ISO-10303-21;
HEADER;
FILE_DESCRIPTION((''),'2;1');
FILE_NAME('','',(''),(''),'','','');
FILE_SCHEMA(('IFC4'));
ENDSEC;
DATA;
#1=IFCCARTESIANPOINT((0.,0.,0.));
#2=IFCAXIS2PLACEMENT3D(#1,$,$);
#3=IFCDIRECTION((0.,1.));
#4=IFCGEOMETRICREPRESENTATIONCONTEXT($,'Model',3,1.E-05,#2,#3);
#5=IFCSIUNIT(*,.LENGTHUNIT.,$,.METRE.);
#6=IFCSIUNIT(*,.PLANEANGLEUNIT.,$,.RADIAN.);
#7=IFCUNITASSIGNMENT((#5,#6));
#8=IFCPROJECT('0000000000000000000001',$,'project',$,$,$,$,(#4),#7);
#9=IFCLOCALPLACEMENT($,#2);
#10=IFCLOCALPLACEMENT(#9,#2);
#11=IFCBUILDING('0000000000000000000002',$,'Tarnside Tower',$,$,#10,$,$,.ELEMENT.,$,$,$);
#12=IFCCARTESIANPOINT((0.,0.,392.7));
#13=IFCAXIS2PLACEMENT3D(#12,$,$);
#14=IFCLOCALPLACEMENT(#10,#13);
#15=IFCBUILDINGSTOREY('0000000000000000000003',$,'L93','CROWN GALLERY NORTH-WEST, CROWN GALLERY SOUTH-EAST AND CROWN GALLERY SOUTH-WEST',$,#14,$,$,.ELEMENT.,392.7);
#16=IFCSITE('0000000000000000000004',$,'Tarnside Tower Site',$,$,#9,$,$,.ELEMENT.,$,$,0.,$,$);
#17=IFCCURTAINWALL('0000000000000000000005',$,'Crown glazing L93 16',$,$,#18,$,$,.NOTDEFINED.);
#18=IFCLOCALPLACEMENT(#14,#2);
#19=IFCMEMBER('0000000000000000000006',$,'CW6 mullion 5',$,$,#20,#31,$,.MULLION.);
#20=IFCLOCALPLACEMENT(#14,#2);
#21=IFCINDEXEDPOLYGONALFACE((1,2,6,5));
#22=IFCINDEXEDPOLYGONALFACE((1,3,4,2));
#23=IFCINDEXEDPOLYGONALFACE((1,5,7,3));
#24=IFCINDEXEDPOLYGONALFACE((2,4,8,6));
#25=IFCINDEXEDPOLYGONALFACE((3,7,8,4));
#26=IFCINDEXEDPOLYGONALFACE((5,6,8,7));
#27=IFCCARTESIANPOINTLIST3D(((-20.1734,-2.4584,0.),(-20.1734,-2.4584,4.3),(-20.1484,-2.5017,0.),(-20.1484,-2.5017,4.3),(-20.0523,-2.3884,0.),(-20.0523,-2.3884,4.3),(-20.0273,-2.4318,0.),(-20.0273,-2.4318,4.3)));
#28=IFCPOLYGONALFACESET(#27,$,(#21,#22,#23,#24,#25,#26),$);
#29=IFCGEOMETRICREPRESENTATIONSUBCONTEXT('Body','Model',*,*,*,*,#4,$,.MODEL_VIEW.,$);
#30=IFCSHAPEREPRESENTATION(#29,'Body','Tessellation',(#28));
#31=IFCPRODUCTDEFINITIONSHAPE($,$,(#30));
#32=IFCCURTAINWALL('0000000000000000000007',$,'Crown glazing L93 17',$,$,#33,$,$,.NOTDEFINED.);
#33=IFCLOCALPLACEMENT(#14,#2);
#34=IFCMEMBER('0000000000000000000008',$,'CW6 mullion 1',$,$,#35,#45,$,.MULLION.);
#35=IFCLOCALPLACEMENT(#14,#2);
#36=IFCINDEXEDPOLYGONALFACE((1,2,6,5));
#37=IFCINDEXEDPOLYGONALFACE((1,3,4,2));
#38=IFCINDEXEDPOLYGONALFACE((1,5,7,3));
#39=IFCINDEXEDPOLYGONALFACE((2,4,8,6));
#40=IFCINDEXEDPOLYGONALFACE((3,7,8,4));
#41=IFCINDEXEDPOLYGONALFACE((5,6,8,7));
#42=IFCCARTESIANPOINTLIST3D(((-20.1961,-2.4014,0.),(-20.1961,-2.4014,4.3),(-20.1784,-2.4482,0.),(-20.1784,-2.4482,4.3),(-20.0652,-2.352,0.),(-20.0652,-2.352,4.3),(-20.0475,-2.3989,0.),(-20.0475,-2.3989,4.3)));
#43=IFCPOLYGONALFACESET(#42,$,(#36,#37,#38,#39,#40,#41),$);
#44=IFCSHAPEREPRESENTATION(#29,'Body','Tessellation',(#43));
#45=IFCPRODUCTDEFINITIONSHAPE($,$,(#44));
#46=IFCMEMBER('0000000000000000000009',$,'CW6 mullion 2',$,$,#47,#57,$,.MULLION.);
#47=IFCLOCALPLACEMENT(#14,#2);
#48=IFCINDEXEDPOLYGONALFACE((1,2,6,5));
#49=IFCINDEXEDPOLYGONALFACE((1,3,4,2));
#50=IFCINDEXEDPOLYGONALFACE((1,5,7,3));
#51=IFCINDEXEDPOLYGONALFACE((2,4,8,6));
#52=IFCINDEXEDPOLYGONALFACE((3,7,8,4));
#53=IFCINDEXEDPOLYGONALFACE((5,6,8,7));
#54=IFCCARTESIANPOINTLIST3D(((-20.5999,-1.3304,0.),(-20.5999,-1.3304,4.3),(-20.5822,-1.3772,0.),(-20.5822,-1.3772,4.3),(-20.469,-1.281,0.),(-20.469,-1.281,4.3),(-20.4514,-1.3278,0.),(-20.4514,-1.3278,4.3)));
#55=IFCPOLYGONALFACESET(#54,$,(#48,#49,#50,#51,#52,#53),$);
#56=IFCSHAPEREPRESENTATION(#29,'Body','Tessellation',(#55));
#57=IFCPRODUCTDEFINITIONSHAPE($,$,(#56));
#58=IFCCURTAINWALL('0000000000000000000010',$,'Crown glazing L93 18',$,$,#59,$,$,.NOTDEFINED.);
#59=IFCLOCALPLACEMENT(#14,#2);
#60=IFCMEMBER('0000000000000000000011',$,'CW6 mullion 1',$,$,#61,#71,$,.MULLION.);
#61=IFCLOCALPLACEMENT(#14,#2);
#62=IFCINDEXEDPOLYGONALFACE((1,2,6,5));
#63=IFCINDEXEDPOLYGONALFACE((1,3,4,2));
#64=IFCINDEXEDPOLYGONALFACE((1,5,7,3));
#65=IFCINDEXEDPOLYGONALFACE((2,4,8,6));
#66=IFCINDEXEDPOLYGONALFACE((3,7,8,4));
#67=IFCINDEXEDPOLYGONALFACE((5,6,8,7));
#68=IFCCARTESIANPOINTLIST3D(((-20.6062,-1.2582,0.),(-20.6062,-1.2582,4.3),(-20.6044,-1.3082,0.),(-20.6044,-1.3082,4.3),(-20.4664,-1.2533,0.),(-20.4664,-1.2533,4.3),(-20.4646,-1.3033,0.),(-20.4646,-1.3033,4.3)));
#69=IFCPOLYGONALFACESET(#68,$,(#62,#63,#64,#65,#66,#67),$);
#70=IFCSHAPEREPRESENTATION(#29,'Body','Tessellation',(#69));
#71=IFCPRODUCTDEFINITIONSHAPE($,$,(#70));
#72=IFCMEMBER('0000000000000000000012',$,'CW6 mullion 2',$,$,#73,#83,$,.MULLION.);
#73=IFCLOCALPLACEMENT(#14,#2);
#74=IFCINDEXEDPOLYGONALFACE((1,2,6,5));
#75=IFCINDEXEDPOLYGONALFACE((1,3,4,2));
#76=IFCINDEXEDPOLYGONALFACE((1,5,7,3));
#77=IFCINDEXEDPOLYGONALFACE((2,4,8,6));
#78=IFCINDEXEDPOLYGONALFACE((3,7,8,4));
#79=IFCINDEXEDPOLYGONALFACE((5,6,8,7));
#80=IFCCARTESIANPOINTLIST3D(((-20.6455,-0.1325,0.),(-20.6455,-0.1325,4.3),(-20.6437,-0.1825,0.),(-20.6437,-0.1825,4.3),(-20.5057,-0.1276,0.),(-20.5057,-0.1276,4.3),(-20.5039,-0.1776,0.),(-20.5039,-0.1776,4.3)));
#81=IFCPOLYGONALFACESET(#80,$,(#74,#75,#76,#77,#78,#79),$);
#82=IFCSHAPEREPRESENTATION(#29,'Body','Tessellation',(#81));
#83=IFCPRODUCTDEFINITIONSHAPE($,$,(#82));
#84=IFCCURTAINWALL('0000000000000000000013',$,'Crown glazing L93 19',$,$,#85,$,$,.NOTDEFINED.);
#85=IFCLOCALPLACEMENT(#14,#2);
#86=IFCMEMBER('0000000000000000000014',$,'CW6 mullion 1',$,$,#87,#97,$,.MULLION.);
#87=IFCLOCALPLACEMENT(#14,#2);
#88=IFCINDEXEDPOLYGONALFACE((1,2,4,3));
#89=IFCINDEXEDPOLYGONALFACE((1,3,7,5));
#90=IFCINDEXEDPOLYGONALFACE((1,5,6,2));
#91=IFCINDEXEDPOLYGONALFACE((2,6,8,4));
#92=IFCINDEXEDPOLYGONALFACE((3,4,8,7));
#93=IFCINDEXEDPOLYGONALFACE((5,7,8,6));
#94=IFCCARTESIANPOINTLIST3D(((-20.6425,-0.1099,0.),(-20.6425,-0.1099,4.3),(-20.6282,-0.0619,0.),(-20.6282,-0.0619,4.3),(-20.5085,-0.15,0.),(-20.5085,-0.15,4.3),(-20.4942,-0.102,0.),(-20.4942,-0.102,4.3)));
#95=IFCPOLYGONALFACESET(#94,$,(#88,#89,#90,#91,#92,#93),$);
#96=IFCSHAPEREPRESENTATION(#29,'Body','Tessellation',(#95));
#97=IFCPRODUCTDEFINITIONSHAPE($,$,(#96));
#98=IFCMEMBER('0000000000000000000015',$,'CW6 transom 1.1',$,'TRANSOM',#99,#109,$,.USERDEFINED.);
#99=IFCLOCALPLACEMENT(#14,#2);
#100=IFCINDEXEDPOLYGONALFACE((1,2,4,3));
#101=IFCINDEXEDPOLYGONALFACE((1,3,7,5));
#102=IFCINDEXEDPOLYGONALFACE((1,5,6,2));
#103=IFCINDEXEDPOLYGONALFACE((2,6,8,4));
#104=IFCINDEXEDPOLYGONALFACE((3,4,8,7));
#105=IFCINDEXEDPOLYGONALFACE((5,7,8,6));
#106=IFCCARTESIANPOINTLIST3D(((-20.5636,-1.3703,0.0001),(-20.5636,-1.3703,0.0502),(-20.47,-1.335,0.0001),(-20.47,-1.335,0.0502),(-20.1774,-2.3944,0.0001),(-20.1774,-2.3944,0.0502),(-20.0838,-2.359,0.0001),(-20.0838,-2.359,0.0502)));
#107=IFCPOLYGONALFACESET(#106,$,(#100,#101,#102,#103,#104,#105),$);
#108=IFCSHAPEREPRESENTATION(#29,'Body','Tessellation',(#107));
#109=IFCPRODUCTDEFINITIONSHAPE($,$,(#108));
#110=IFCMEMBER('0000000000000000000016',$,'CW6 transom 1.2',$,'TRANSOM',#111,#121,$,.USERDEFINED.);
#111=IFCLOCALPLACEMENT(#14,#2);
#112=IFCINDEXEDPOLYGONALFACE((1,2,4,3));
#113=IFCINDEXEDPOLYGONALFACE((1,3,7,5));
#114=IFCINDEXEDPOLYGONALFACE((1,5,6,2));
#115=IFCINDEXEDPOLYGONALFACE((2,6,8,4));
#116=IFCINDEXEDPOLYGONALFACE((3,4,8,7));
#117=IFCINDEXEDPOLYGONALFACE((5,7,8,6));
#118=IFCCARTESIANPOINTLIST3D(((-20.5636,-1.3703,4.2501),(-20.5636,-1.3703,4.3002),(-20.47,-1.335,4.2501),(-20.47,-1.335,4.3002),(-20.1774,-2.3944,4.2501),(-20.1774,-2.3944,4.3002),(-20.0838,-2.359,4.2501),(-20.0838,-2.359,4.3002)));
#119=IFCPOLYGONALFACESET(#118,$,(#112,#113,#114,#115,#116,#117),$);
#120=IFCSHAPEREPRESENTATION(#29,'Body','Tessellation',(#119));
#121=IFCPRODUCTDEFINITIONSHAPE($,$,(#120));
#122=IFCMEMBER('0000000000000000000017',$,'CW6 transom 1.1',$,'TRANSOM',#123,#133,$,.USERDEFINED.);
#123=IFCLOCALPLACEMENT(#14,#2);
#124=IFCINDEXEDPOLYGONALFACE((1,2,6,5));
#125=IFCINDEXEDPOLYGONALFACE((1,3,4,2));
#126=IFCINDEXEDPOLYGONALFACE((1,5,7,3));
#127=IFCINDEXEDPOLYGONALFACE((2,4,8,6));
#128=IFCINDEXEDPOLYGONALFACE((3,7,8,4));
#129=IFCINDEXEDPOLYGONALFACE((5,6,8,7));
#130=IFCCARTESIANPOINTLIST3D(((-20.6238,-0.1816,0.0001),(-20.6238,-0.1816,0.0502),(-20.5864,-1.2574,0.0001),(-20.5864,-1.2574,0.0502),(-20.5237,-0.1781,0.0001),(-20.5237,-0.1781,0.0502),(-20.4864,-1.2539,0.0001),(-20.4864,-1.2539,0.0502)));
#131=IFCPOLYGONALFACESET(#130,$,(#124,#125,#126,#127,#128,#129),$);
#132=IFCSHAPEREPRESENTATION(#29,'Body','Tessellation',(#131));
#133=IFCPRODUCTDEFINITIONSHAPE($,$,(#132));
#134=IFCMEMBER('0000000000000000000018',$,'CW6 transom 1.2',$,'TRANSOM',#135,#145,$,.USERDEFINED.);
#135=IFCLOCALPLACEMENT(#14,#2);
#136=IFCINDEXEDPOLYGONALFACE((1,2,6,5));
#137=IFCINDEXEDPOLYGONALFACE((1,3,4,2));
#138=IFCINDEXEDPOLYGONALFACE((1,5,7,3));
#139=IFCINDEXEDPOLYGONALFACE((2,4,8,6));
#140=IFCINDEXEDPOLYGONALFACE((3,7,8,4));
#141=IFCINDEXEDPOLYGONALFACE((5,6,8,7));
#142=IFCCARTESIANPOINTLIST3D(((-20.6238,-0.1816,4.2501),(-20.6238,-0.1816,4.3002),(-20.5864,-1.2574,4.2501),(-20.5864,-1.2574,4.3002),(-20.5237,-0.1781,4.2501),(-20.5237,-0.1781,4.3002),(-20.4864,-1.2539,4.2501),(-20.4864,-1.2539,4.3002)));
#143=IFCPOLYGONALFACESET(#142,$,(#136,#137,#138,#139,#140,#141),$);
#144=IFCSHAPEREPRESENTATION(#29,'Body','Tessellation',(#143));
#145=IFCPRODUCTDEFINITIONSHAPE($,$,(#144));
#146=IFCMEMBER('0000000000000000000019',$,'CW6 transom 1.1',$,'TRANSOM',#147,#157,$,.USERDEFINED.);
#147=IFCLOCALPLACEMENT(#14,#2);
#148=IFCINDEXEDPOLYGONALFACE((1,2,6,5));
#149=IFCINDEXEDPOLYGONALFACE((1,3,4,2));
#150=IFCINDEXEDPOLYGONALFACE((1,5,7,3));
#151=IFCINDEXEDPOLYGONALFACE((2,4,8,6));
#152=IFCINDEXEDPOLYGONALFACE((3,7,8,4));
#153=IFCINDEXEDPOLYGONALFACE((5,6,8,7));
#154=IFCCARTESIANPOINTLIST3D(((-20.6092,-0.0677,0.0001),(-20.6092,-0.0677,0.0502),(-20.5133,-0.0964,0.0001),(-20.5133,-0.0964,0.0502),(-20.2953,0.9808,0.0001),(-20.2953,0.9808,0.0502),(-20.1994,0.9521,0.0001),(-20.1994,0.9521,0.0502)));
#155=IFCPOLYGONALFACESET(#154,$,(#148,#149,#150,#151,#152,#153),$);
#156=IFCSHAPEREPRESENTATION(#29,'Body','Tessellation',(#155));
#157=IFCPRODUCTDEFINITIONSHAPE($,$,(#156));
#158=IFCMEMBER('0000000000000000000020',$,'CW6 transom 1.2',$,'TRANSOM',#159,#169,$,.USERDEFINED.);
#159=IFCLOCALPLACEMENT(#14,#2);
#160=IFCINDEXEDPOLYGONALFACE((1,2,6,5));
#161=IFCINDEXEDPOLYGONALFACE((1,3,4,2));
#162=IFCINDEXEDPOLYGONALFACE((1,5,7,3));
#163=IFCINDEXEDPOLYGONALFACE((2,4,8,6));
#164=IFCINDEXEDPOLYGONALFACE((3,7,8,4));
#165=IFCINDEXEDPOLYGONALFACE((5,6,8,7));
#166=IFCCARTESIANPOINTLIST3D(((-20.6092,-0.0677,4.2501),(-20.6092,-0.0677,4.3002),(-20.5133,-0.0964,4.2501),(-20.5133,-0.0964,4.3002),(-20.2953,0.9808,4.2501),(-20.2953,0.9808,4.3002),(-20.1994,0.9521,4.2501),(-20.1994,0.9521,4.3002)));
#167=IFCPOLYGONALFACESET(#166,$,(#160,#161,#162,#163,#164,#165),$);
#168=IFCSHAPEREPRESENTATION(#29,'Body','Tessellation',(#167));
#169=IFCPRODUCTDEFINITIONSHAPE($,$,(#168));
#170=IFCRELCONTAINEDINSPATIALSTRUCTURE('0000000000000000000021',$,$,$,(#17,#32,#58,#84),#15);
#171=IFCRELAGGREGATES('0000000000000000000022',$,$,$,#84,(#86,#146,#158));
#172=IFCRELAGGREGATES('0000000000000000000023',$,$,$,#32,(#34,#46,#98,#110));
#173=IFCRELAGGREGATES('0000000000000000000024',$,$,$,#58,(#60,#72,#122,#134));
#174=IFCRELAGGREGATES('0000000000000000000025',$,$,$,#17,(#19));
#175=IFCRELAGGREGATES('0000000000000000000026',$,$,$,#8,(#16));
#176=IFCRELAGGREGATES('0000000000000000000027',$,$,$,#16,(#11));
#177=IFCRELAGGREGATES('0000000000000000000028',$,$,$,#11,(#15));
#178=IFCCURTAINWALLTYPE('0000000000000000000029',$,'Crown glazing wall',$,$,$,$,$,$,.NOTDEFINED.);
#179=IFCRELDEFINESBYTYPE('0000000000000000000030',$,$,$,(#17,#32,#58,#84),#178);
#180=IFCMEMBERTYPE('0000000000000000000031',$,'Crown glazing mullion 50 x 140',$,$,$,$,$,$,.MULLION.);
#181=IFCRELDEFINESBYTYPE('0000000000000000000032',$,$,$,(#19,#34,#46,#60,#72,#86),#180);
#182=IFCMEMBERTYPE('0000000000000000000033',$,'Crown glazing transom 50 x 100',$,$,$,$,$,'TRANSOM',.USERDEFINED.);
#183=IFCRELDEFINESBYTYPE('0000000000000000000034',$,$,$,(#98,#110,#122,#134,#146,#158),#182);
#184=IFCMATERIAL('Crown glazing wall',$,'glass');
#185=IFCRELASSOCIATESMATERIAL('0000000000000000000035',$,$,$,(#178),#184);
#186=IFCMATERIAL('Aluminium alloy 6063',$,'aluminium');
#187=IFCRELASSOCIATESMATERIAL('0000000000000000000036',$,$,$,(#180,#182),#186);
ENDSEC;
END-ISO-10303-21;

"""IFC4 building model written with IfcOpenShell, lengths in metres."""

from ifc_helpers import new_model, si_unit, direction, frame, origin, origin_2d, place, context, subcontext, project, spatial, rectangle, extrude, material, material_profile, profile_set, type_object, element, aggregate, save


model = new_model("IFC4")

# Units and contexts
model_context = context("Model", 3, precision=1e-05, world=origin(), true_north=direction((0.0, 1.0)))
body_context = subcontext(model_context, "Body", "Model", "MODEL_VIEW")
ifc_project = project(units=[si_unit("LENGTHUNIT", "METRE"), si_unit("PLANEANGLEUNIT", "RADIAN")], contexts=[model_context])

# Site, building, storey
site_placement = place(None, origin())
site = spatial("IfcSite", under=ifc_project, at=site_placement, Name="Tarnside Tower Site", CompositionType="ELEMENT", RefElevation=0.0)
building_placement = place(site_placement, origin())
building = spatial("IfcBuilding", under=site, at=building_placement, Name="Tarnside Tower", CompositionType="ELEMENT")
storey_placement = place(building_placement, frame((0.0, 0.0, 392.7)))
storey = spatial("IfcBuildingStorey", under=building, at=storey_placement, Name="L93", Description="CROWN GALLERY NORTH-WEST, CROWN GALLERY SOUTH-EAST AND CROWN GALLERY SOUTH-WEST", CompositionType="ELEMENT", Elevation=392.7)

# Curtain wall, member
ifc_material_1 = material(Name="Crown glazing wall", Category="glass")
curtain_wall_type = type_object("IfcCurtainWallType", Name="Crown glazing wall", PredefinedType="NOTDEFINED", material=ifc_material_1)
curtain_wall_1_placement = place(storey_placement, origin())
curtain_wall_1 = element("IfcCurtainWall", 1, at=curtain_wall_1_placement, inside=storey, type_object=curtain_wall_type, Name="Crown glazing L93 16", PredefinedType="NOTDEFINED")
ifc_material_2 = material(Name="Aluminium alloy 6063", Category="aluminium")
ifc_material_profile_1 = material_profile(ifc_material_2, rectangle(XDim=0.1399, YDim=0.05, at=origin_2d()), Name="Crown glazing mullion 50 x 140")
ifc_profile_set_1 = profile_set([ifc_material_profile_1], Name="Aluminium alloy 6063")
member_type_1 = type_object("IfcMemberType", Name="Crown glazing mullion 50 x 140", PredefinedType="MULLION", material=ifc_profile_set_1)
member_1_placement = place(storey_placement, frame((-20.1003, -2.4451, 0.0), z_axis=(0.0, 0.0, 1.0), x_axis=(-0.866025, -0.5, 0.0)))
member_1 = element("IfcMember", 2, at=member_1_placement, type_object=member_type_1, Name="CW6 mullion 5", PredefinedType="MULLION", context=body_context, shape_type="SweptSolid", body=[
    extrude(rectangle(XDim=0.1399, YDim=0.05, at=origin_2d()), origin(), (0.0, 0.0, 1.0), 4.3),
])

# Curtain walls, members
curtain_wall_2_placement = place(storey_placement, origin())
curtain_wall_2 = element("IfcCurtainWall", 3, at=curtain_wall_2_placement, inside=storey, type_object=curtain_wall_type, Name="Crown glazing L93 17", PredefinedType="NOTDEFINED")
member_2_placement = place(storey_placement, frame((-20.1218, -2.4001, 0.0), z_axis=(0.0, 0.0, 1.0), x_axis=(-0.93565, -0.352931, 0.0)))
member_2 = element("IfcMember", 4, at=member_2_placement, type_object=member_type_1, Name="CW6 mullion 1", PredefinedType="MULLION", context=body_context, shape_type="SweptSolid", body=[
    extrude(rectangle(XDim=0.1399, YDim=0.05, at=origin_2d()), origin(), (0.0, 0.0, 1.0), 4.3),
])
member_3_placement = place(storey_placement, frame((-20.5256, -1.3291, 0.0), z_axis=(0.0, 0.0, 1.0), x_axis=(-0.93565, -0.352931, 0.0)))
member_3 = element("IfcMember", 5, at=member_3_placement, type_object=member_type_1, Name="CW6 mullion 2", PredefinedType="MULLION", context=body_context, shape_type="SweptSolid", body=[
    extrude(rectangle(XDim=0.1399, YDim=0.05, at=origin_2d()), origin(), (0.0, 0.0, 1.0), 4.3),
])
curtain_wall_3_placement = place(storey_placement, origin())
curtain_wall_3 = element("IfcCurtainWall", 6, at=curtain_wall_3_placement, inside=storey, type_object=curtain_wall_type, Name="Crown glazing L93 18", PredefinedType="NOTDEFINED")
member_4_placement = place(storey_placement, frame((-20.5354, -1.2808, 0.0), z_axis=(0.0, 0.0, 1.0), x_axis=(-0.999391, -0.034899, 0.0)))
member_4 = element("IfcMember", 7, at=member_4_placement, type_object=member_type_1, Name="CW6 mullion 1", PredefinedType="MULLION", context=body_context, shape_type="SweptSolid", body=[
    extrude(rectangle(XDim=0.1399, YDim=0.05, at=origin_2d()), origin(), (0.0, 0.0, 1.0), 4.3),
])
member_5_placement = place(storey_placement, frame((-20.5747, -0.155, 0.0), z_axis=(0.0, 0.0, 1.0), x_axis=(-0.999391, -0.034899, 0.0)))
member_5 = element("IfcMember", 8, at=member_5_placement, type_object=member_type_1, Name="CW6 mullion 2", PredefinedType="MULLION", context=body_context, shape_type="SweptSolid", body=[
    extrude(rectangle(XDim=0.1399, YDim=0.05, at=origin_2d()), origin(), (0.0, 0.0, 1.0), 4.3),
])

# Curtain wall, member
curtain_wall_4_placement = place(storey_placement, origin())
curtain_wall_4 = element("IfcCurtainWall", 9, at=curtain_wall_4_placement, inside=storey, type_object=curtain_wall_type, Name="Crown glazing L93 19", PredefinedType="NOTDEFINED")
member_6_placement = place(storey_placement, frame((-20.5684, -0.106, 0.0), z_axis=(0.0, 0.0, 1.0), x_axis=(-0.95799, 0.286803, 0.0)))
member_6 = element("IfcMember", 10, at=member_6_placement, type_object=member_type_1, Name="CW6 mullion 1", PredefinedType="MULLION", context=body_context, shape_type="SweptSolid", body=[
    extrude(rectangle(XDim=0.1399, YDim=0.05, at=origin_2d()), origin(), (0.0, 0.0, 1.0), 4.3),
])

# Members
ifc_material_profile_2 = material_profile(ifc_material_2, rectangle(XDim=0.1001, YDim=0.05, at=origin_2d()), Name="Crown glazing transom 50 x 100")
ifc_profile_set_2 = profile_set([ifc_material_profile_2], Name="Aluminium alloy 6063")
member_type_2 = type_object("IfcMemberType", Name="Crown glazing transom 50 x 100", ElementType="TRANSOM", PredefinedType="USERDEFINED", material=ifc_profile_set_2)
member_7_placement = place(storey_placement, frame((-20.1306, -2.3767, 0.0251), z_axis=(-0.352858, 0.935677, 0.0), x_axis=(-0.935677, -0.352858, 0.0)))
member_7 = element("IfcMember", 11, at=member_7_placement, type_object=member_type_2, Name="CW6 transom 1.1", ObjectType="TRANSOM", PredefinedType="USERDEFINED", context=body_context, shape_type="SweptSolid", body=[
    extrude(rectangle(XDim=0.1001, YDim=0.05, at=origin_2d()), origin(), (0.0, 0.0, 1.0), 1.0945),
])
member_8_placement = place(storey_placement, frame((-20.1306, -2.3767, 4.2751), z_axis=(-0.352858, 0.935677, 0.0), x_axis=(-0.935677, -0.352858, 0.0)))
member_8 = element("IfcMember", 12, at=member_8_placement, type_object=member_type_2, Name="CW6 transom 1.2", ObjectType="TRANSOM", PredefinedType="USERDEFINED", context=body_context, shape_type="SweptSolid", body=[
    extrude(rectangle(XDim=0.1001, YDim=0.05, at=origin_2d()), origin(), (0.0, 0.0, 1.0), 1.0945),
])
member_9_placement = place(storey_placement, frame((-20.5364, -1.2556, 0.0251), z_axis=(-0.034704, 0.999398, 0.0), x_axis=(-0.999398, -0.034704, 0.0)))
member_9 = element("IfcMember", 13, at=member_9_placement, type_object=member_type_2, Name="CW6 transom 1.1", ObjectType="TRANSOM", PredefinedType="USERDEFINED", context=body_context, shape_type="SweptSolid", body=[
    extrude(rectangle(XDim=0.1001, YDim=0.05, at=origin_2d()), origin(), (0.0, 0.0, 1.0), 1.0764),
])
member_10_placement = place(storey_placement, frame((-20.5364, -1.2556, 4.2751), z_axis=(-0.034704, 0.999398, 0.0), x_axis=(-0.999398, -0.034704, 0.0)))
member_10 = element("IfcMember", 14, at=member_10_placement, type_object=member_type_2, Name="CW6 transom 1.2", ObjectType="TRANSOM", PredefinedType="USERDEFINED", context=body_context, shape_type="SweptSolid", body=[
    extrude(rectangle(XDim=0.1001, YDim=0.05, at=origin_2d()), origin(), (0.0, 0.0, 1.0), 1.0764),
])
member_11_placement = place(storey_placement, frame((-20.5613, -0.082, 0.0251), z_axis=(0.286836, 0.95798, 0.0), x_axis=(-0.95798, 0.286836, 0.0)))
member_11 = element("IfcMember", 15, at=member_11_placement, type_object=member_type_2, Name="CW6 transom 1.1", ObjectType="TRANSOM", PredefinedType="USERDEFINED", context=body_context, shape_type="SweptSolid", body=[
    extrude(rectangle(XDim=0.1001, YDim=0.05, at=origin_2d()), origin(), (0.0, 0.0, 1.0), 1.0945),
])
member_12_placement = place(storey_placement, frame((-20.5613, -0.082, 4.2751), z_axis=(0.286836, 0.95798, 0.0), x_axis=(-0.95798, 0.286836, 0.0)))
member_12 = element("IfcMember", 16, at=member_12_placement, type_object=member_type_2, Name="CW6 transom 1.2", ObjectType="TRANSOM", PredefinedType="USERDEFINED", context=body_context, shape_type="SweptSolid", body=[
    extrude(rectangle(XDim=0.1001, YDim=0.05, at=origin_2d()), origin(), (0.0, 0.0, 1.0), 1.0945),
])
aggregate(curtain_wall_4, [member_6, member_11, member_12])

aggregate(curtain_wall_2, [member_2, member_3, member_7, member_8])
aggregate(curtain_wall_3, [member_4, member_5, member_9, member_10])
aggregate(curtain_wall_1, [member_1])

save(model, "model.ifc")
